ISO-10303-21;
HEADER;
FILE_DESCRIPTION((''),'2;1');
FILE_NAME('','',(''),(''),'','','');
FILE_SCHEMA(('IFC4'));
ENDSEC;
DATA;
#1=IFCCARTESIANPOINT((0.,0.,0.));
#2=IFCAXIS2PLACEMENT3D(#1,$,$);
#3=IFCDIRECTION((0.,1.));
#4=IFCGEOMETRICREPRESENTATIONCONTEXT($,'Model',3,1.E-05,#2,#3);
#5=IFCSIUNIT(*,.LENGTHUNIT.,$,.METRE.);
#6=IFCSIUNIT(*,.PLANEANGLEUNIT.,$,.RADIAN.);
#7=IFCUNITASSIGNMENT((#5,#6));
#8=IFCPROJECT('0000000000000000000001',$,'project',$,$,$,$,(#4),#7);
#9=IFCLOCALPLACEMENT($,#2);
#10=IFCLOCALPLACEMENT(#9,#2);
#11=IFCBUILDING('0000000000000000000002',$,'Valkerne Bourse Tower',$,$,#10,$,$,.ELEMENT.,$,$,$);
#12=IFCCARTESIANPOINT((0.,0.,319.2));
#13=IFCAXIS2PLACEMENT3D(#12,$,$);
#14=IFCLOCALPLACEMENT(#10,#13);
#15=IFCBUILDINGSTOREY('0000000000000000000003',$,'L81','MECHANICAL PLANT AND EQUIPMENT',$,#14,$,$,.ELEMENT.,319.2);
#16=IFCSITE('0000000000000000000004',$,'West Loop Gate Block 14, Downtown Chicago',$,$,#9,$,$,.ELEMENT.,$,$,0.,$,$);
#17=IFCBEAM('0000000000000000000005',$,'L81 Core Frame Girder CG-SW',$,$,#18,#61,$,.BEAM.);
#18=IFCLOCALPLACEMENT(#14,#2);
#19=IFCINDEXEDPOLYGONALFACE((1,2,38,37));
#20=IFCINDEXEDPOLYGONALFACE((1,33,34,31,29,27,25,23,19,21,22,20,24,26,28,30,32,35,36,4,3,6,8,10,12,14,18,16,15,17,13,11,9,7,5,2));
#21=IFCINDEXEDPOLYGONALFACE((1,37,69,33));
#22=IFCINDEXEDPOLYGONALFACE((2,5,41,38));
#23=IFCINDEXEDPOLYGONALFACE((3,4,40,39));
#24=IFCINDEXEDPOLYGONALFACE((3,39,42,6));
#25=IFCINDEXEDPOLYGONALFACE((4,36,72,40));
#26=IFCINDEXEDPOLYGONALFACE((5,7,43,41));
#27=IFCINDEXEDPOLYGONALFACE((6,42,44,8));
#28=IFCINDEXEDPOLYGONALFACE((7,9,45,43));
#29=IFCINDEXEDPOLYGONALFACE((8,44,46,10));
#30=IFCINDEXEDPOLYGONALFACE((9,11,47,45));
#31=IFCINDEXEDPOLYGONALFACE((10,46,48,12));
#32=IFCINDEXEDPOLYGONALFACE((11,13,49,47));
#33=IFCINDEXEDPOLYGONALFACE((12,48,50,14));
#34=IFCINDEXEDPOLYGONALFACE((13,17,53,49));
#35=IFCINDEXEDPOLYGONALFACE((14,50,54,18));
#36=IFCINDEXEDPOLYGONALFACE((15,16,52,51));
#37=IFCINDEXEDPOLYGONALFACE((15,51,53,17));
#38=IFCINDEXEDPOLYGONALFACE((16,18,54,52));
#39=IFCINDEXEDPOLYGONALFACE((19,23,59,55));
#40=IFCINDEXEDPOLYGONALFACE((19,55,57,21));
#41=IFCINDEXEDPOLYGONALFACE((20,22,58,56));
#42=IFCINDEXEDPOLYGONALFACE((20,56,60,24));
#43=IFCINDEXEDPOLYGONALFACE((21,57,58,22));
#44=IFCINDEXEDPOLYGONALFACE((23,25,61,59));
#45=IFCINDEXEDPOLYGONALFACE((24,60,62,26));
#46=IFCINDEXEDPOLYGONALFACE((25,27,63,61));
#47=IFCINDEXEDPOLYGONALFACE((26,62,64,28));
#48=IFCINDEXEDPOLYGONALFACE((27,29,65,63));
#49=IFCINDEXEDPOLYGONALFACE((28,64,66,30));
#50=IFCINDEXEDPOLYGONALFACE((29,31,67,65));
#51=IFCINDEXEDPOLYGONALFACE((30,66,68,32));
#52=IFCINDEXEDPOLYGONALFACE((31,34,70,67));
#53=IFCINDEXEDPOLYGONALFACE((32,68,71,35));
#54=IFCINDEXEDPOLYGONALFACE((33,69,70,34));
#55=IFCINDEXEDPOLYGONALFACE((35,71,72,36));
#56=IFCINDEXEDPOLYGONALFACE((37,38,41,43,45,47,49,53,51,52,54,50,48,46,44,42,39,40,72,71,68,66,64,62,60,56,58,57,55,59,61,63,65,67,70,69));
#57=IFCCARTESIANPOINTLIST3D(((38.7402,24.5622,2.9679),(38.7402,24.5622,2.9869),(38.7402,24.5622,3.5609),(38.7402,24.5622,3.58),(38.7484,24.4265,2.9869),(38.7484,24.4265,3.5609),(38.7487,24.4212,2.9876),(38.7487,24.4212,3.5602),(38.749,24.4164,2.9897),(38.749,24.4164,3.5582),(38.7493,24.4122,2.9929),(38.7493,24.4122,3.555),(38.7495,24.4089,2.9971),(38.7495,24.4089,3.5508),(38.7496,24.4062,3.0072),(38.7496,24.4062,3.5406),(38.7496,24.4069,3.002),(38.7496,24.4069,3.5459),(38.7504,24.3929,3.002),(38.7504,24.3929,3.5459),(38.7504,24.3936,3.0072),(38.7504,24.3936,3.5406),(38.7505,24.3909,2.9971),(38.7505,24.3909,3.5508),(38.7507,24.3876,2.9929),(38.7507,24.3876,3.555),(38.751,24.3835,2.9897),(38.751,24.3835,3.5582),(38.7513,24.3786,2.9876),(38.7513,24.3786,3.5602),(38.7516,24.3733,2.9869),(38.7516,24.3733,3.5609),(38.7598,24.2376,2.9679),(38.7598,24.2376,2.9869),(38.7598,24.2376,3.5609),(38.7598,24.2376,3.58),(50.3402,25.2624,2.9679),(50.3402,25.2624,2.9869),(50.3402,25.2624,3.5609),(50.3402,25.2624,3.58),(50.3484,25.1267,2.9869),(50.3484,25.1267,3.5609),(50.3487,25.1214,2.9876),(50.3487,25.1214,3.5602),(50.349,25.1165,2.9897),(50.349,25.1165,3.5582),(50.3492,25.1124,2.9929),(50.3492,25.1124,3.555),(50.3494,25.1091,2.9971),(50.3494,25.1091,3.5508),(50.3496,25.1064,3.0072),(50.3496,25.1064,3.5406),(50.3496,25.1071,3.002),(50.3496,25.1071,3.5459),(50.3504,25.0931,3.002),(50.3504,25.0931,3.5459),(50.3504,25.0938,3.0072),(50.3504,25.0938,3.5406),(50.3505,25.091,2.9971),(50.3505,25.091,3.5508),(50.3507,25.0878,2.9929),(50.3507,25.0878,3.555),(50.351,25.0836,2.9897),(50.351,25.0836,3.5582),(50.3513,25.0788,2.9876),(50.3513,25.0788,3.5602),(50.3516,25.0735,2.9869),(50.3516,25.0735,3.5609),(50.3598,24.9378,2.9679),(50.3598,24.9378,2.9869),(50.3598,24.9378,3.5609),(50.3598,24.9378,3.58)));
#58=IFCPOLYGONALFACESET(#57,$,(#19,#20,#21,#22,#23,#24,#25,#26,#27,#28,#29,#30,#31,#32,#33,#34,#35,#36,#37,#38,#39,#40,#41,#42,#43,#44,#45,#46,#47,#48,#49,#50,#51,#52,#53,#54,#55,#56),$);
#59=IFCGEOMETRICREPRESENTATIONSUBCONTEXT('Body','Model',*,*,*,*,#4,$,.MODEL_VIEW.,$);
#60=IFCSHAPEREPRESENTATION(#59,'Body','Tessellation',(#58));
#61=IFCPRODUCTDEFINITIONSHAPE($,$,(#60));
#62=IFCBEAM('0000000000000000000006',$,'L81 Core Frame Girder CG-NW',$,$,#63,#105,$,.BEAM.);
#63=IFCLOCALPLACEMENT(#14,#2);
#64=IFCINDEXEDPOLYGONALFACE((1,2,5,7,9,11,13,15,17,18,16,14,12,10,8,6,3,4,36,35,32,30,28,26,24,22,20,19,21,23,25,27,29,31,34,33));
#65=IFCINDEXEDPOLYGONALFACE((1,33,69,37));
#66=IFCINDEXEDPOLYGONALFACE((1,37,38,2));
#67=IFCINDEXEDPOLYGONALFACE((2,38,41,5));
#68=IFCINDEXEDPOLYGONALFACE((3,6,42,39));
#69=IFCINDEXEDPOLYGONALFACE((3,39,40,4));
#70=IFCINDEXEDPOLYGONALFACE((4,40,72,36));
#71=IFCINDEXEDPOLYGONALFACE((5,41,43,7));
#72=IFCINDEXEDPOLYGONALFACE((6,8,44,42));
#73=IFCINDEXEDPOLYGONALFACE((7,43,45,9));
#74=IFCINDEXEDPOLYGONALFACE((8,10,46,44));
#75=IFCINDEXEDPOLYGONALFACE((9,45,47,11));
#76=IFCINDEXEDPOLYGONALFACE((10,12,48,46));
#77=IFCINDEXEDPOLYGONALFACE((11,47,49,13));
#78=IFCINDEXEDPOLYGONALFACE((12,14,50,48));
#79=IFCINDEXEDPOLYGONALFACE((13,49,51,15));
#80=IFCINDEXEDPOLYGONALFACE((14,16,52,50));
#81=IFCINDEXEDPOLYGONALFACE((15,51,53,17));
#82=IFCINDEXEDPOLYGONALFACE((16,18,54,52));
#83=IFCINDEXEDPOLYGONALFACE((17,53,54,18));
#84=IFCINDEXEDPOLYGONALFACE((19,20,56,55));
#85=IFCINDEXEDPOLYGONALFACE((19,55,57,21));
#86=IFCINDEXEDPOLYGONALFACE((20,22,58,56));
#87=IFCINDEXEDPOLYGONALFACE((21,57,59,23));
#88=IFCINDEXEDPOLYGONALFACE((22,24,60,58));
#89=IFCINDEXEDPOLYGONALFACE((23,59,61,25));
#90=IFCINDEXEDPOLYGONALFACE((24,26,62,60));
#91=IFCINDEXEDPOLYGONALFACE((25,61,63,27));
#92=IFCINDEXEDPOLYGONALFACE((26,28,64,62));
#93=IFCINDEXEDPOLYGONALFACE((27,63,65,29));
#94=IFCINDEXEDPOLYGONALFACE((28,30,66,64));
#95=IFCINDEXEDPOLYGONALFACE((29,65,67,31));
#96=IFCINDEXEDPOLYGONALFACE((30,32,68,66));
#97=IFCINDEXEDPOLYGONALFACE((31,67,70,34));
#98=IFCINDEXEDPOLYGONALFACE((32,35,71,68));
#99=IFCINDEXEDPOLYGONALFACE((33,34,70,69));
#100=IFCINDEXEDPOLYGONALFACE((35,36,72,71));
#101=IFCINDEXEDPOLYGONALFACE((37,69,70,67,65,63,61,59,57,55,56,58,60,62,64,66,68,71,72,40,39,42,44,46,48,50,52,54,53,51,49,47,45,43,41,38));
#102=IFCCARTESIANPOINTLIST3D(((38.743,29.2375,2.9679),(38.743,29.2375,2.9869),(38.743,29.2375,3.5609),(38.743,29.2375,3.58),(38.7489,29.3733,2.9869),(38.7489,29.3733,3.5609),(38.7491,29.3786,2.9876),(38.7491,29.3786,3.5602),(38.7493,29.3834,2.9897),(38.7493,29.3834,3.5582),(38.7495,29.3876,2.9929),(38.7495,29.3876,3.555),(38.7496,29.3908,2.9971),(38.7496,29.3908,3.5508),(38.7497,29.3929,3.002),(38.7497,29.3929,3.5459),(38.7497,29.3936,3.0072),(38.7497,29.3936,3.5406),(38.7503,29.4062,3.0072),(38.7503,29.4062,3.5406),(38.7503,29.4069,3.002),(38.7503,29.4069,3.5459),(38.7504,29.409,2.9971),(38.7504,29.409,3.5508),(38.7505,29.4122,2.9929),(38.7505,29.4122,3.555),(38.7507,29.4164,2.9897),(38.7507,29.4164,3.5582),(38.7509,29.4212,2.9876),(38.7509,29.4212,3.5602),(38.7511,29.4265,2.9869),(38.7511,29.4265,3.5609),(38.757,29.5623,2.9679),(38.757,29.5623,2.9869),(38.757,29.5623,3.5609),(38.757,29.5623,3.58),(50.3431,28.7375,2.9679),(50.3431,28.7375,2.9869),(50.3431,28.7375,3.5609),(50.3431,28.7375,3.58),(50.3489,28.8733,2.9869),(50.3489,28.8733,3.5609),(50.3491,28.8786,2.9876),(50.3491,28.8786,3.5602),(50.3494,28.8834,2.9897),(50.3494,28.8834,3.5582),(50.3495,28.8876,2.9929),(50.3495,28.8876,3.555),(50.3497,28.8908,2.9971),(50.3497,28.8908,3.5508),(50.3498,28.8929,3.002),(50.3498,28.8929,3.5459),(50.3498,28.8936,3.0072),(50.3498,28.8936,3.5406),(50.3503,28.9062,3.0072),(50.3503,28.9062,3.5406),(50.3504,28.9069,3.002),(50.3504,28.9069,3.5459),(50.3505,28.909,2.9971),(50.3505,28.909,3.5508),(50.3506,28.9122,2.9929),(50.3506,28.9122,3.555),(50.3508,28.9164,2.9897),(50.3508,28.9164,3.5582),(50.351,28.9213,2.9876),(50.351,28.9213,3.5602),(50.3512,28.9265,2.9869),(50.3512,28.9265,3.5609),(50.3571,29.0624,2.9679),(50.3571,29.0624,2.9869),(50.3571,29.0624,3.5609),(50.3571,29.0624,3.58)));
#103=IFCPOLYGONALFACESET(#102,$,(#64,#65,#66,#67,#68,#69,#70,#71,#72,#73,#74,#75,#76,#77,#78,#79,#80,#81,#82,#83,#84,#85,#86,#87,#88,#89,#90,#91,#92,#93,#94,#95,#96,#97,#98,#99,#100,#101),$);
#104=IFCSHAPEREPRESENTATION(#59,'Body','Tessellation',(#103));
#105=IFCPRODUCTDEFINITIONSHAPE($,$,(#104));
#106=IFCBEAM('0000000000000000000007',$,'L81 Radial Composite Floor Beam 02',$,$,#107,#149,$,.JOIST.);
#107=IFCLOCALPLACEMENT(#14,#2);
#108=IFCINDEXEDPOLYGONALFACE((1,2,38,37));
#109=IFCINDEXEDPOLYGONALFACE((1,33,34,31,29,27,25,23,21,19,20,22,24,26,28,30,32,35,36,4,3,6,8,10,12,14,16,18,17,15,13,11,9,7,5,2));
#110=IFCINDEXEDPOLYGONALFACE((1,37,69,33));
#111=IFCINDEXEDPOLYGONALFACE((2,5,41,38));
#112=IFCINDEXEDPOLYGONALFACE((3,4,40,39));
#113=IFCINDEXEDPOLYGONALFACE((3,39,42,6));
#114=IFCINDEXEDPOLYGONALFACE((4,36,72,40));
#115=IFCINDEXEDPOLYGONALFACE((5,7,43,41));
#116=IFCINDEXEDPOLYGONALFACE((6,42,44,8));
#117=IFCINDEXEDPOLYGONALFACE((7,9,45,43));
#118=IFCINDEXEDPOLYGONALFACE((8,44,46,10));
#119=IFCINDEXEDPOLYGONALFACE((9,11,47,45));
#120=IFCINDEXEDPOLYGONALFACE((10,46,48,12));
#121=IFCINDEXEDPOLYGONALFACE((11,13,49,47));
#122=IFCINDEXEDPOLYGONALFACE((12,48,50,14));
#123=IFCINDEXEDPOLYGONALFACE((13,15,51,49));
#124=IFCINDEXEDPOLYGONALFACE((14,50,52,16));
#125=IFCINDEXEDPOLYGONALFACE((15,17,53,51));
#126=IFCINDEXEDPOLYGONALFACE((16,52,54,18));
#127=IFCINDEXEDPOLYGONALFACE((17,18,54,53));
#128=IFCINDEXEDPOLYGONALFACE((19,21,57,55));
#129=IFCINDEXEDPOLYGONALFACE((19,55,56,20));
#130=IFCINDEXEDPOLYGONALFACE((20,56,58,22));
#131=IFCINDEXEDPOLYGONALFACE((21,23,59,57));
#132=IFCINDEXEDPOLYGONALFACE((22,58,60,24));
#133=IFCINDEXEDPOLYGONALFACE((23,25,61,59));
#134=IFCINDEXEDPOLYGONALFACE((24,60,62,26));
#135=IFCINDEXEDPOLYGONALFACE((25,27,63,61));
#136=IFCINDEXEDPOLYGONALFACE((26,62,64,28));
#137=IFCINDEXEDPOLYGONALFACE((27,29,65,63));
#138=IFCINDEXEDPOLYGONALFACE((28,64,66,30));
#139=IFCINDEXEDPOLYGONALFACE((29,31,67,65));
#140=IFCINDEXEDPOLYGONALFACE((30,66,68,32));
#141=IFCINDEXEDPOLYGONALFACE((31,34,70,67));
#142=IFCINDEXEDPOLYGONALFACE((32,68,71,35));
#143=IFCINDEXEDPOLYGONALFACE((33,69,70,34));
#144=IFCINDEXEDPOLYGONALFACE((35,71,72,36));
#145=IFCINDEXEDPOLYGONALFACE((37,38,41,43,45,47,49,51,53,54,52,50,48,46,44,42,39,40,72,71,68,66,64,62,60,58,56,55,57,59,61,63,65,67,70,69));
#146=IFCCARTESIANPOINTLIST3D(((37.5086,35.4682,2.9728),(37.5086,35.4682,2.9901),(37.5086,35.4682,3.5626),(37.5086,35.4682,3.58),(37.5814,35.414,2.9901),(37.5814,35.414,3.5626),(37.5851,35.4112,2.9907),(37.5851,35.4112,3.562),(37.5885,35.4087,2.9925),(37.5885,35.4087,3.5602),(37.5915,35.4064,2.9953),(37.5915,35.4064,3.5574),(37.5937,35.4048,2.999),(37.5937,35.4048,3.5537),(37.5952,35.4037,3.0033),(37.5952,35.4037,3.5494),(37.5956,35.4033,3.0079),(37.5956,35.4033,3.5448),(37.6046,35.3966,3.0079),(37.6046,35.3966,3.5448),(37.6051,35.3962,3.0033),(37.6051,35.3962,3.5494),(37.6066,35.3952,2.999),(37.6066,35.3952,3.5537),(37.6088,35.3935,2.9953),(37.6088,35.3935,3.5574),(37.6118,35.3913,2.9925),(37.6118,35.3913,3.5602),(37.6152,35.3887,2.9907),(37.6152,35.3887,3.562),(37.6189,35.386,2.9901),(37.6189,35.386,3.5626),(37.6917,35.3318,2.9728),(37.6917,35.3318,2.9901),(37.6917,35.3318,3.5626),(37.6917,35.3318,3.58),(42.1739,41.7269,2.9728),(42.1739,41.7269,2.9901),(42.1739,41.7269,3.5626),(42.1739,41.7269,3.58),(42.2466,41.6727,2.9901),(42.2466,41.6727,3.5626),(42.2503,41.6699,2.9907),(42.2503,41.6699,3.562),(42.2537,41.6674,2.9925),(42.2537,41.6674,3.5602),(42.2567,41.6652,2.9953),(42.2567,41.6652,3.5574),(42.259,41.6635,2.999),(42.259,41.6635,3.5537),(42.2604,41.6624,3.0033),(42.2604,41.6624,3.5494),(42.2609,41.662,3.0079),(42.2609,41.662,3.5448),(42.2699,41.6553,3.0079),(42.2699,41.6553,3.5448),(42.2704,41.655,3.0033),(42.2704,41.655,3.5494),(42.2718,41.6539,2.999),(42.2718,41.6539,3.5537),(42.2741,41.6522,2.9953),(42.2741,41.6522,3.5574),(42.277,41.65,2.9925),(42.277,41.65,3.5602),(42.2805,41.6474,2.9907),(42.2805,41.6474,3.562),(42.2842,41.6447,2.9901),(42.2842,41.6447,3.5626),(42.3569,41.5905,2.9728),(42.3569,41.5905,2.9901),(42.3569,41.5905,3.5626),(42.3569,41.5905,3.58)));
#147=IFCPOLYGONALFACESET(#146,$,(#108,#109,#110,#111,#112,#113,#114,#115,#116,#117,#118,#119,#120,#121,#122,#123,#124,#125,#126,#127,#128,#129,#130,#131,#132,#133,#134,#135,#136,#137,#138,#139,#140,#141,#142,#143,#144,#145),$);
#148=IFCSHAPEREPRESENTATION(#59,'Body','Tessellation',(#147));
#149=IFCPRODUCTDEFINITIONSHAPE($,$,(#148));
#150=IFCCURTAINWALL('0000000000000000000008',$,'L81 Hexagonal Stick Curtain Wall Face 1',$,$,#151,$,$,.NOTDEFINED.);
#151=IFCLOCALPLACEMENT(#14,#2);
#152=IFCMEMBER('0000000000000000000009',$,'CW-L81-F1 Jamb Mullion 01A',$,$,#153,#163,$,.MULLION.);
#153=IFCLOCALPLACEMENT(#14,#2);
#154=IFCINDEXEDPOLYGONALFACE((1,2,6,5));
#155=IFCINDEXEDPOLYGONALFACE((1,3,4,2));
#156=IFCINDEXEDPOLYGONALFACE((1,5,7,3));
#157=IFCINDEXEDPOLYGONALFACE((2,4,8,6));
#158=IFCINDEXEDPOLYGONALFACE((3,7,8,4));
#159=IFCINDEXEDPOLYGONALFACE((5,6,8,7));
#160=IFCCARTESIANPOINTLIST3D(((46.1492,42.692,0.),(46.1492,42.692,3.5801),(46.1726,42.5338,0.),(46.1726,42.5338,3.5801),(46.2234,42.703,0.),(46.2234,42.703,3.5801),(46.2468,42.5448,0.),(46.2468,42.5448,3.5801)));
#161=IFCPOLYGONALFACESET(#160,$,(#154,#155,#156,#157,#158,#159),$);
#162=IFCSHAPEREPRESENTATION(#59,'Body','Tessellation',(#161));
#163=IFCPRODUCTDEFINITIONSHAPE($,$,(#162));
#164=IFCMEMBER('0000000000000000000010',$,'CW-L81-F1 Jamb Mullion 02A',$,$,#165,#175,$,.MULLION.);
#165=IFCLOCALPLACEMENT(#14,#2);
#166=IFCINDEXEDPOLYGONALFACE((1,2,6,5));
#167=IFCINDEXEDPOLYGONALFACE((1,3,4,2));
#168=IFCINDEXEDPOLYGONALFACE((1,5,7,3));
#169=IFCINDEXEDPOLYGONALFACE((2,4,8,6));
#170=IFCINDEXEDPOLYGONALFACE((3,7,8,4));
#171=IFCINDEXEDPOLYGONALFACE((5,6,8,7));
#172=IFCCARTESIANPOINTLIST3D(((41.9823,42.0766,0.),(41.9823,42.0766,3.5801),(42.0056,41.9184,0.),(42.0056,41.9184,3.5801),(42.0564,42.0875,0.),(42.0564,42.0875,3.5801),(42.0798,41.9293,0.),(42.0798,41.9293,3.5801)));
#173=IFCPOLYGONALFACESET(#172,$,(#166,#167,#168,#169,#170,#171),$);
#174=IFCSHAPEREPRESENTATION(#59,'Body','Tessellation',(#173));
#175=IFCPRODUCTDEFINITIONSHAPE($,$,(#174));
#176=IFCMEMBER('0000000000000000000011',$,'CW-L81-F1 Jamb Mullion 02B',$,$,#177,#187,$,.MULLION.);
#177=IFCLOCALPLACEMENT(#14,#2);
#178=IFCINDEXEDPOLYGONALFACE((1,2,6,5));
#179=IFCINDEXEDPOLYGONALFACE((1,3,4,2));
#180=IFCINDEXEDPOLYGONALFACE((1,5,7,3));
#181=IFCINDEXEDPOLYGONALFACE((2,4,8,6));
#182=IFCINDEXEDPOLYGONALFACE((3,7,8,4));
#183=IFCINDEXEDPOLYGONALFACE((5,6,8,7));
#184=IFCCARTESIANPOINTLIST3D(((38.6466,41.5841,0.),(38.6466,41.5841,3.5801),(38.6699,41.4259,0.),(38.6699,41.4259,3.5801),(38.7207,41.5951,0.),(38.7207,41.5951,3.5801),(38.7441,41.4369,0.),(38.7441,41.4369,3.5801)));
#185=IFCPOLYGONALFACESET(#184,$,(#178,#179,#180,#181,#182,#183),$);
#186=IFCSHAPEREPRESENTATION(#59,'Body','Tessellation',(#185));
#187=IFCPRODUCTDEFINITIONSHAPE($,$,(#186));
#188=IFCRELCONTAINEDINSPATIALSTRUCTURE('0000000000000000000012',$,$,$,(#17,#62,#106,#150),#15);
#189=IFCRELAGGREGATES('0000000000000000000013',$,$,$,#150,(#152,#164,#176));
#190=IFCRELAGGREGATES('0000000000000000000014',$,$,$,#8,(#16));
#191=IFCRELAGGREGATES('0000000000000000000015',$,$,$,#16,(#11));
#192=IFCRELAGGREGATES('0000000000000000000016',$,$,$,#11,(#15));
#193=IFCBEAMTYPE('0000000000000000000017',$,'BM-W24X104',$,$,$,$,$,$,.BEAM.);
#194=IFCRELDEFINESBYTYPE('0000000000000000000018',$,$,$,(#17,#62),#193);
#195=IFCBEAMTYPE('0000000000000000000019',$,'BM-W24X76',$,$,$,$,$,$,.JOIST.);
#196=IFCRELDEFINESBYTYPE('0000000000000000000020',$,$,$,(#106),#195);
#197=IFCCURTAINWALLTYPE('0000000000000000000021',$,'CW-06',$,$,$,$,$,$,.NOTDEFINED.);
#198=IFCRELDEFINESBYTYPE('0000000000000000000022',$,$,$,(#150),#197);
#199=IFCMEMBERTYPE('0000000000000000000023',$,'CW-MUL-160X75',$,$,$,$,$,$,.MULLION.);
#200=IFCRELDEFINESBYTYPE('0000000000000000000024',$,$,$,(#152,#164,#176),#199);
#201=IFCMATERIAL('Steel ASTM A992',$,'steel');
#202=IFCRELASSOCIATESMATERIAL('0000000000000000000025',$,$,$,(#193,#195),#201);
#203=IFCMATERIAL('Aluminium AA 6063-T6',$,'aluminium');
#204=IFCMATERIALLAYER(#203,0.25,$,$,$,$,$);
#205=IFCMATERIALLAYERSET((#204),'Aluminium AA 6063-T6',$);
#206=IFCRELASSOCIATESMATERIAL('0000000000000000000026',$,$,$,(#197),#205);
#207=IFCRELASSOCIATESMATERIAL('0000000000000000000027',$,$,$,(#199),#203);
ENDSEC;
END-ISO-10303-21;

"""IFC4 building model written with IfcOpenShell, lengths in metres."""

from ifc_helpers import new_model, si_unit, direction, frame, origin, origin_2d, place, context, subcontext, project, spatial, rectangle, i_section, extrude, material, layer, layer_set, material_profile, profile_set, type_object, element, aggregate, save


model = new_model("IFC4")

# Units and contexts
model_context = context("Model", 3, precision=1e-05, world=origin(), true_north=direction((0.0, 1.0)))
body_context = subcontext(model_context, "Body", "Model", "MODEL_VIEW")
ifc_project = project(units=[si_unit("LENGTHUNIT", "METRE"), si_unit("PLANEANGLEUNIT", "RADIAN")], contexts=[model_context])

# Site, building, storey
site_placement = place(None, origin())
site = spatial("IfcSite", under=ifc_project, at=site_placement, Name="West Loop Gate Block 14, Downtown Chicago", CompositionType="ELEMENT", RefElevation=0.0)
building_placement = place(site_placement, origin())
building = spatial("IfcBuilding", under=site, at=building_placement, Name="Valkerne Bourse Tower", CompositionType="ELEMENT")
storey_placement = place(building_placement, frame((0.0, 0.0, 319.2)))
storey = spatial("IfcBuildingStorey", under=building, at=storey_placement, Name="L81", Description="MECHANICAL PLANT AND EQUIPMENT", CompositionType="ELEMENT", Elevation=319.2)

# Beams
ifc_material_1 = material(Name="Steel ASTM A992", Category="steel")
ifc_material_profile_1 = material_profile(ifc_material_1, i_section(OverallWidth=0.3252, OverallDepth=0.6121, WebThickness=0.0127, FlangeThickness=0.019, FilletRadius=0.0203, at=origin_2d()), Name="W24X104")
ifc_profile_set_1 = profile_set([ifc_material_profile_1], Name="Steel ASTM A992")
beam_type_1 = type_object("IfcBeamType", Name="BM-W24X104", PredefinedType="BEAM", material=ifc_profile_set_1)
beam_1_placement = place(storey_placement, frame((38.75, 24.3999, 3.2739), z_axis=(0.998183, 0.060251, 0.0), x_axis=(-0.060251, 0.998183, 0.0)))
element("IfcBeam", 1, at=beam_1_placement, inside=storey, type_object=beam_type_1, Name="L81 Core Frame Girder CG-SW", PredefinedType="BEAM", context=body_context, shape_type="SweptSolid", body=[
    extrude(i_section(OverallWidth=0.3252, OverallDepth=0.6121, WebThickness=0.0127, FlangeThickness=0.019, FilletRadius=0.0203, at=origin_2d()), origin(), (0.0, 0.0, 1.0), 11.6211),
])
beam_2_placement = place(storey_placement, frame((38.75, 29.3999, 3.2739), z_axis=(0.999072, -0.043063, 0.0), x_axis=(0.043063, 0.999072, 0.0)))
element("IfcBeam", 2, at=beam_2_placement, inside=storey, type_object=beam_type_1, Name="L81 Core Frame Girder CG-NW", PredefinedType="BEAM", context=body_context, shape_type="SweptSolid", body=[
    extrude(i_section(OverallWidth=0.3252, OverallDepth=0.6121, WebThickness=0.0127, FlangeThickness=0.019, FilletRadius=0.0203, at=origin_2d()), origin(), (0.0, 0.0, 1.0), 11.6108),
])
ifc_material_profile_2 = material_profile(ifc_material_1, i_section(OverallWidth=0.2283, OverallDepth=0.6072, WebThickness=0.0112, FlangeThickness=0.0173, FilletRadius=0.0178, at=origin_2d()), Name="W24X76")
ifc_profile_set_2 = profile_set([ifc_material_profile_2], Name="Steel ASTM A992")
beam_type_2 = type_object("IfcBeamType", Name="BM-W24X76", PredefinedType="JOIST", material=ifc_profile_set_2)
beam_3_placement = place(storey_placement, frame((42.2654, 41.6587, 3.2764), z_axis=(-0.597635, -0.801768, 0.0), x_axis=(0.801768, -0.597635, 0.0)))
element("IfcBeam", 3, at=beam_3_placement, inside=storey, type_object=beam_type_2, Name="L81 Radial Composite Floor Beam 02", PredefinedType="JOIST", context=body_context, shape_type="SweptSolid", body=[
    extrude(i_section(OverallWidth=0.2283, OverallDepth=0.6072, WebThickness=0.0112, FlangeThickness=0.0173, FilletRadius=0.0178, at=origin_2d()), origin(), (0.0, 0.0, 1.0), 7.8062),
])

# Curtain wall, members
ifc_material_2 = material(Name="Aluminium AA 6063-T6", Category="aluminium")
ifc_layer_1 = layer(ifc_material_2, 0.25)
ifc_layer_set_1 = layer_set([ifc_layer_1], Name="Aluminium AA 6063-T6")
curtain_wall_type = type_object("IfcCurtainWallType", Name="CW-06", PredefinedType="NOTDEFINED", material=ifc_layer_set_1)
curtain_wall_1_placement = place(storey_placement, origin())
curtain_wall_1 = element("IfcCurtainWall", 4, at=curtain_wall_1_placement, inside=storey, type_object=curtain_wall_type, Name="L81 Hexagonal Stick Curtain Wall Face 1", PredefinedType="NOTDEFINED")
ifc_material_profile_3 = material_profile(ifc_material_2, rectangle(XDim=0.075, YDim=0.1599, at=origin_2d()), Name="CWM-75X160")
ifc_profile_set_3 = profile_set([ifc_material_profile_3], Name="Aluminium AA 6063-T6")
member_type_1 = type_object("IfcMemberType", Name="CW-MUL-160X75", PredefinedType="MULLION", material=ifc_profile_set_3)
member_1_placement = place(storey_placement, frame((46.198, 42.6184, 0.0), z_axis=(0.0, 0.0, 1.0), x_axis=(-0.989272, -0.146083, 0.0)))
member_1 = element("IfcMember", 5, at=member_1_placement, type_object=member_type_1, Name="CW-L81-F1 Jamb Mullion 01A", PredefinedType="MULLION", context=body_context, shape_type="SweptSolid", body=[
    extrude(rectangle(XDim=0.075, YDim=0.1599, at=origin_2d()), origin(), (0.0, 0.0, 1.0), 3.5801),
])
member_2_placement = place(storey_placement, frame((42.031, 42.0029, 0.0), z_axis=(0.0, 0.0, 1.0), x_axis=(-0.989272, -0.146083, 0.0)))
member_2 = element("IfcMember", 6, at=member_2_placement, type_object=member_type_1, Name="CW-L81-F1 Jamb Mullion 02A", PredefinedType="MULLION", context=body_context, shape_type="SweptSolid", body=[
    extrude(rectangle(XDim=0.075, YDim=0.1599, at=origin_2d()), origin(), (0.0, 0.0, 1.0), 3.5801),
])
member_3_placement = place(storey_placement, frame((38.6953, 41.5105, 0.0), z_axis=(0.0, 0.0, 1.0), x_axis=(-0.989272, -0.146083, 0.0)))
member_3 = element("IfcMember", 7, at=member_3_placement, type_object=member_type_1, Name="CW-L81-F1 Jamb Mullion 02B", PredefinedType="MULLION", context=body_context, shape_type="SweptSolid", body=[
    extrude(rectangle(XDim=0.075, YDim=0.1599, at=origin_2d()), origin(), (0.0, 0.0, 1.0), 3.5801),
])

aggregate(curtain_wall_1, [member_1, member_2, member_3])

save(model, "model.ifc")
